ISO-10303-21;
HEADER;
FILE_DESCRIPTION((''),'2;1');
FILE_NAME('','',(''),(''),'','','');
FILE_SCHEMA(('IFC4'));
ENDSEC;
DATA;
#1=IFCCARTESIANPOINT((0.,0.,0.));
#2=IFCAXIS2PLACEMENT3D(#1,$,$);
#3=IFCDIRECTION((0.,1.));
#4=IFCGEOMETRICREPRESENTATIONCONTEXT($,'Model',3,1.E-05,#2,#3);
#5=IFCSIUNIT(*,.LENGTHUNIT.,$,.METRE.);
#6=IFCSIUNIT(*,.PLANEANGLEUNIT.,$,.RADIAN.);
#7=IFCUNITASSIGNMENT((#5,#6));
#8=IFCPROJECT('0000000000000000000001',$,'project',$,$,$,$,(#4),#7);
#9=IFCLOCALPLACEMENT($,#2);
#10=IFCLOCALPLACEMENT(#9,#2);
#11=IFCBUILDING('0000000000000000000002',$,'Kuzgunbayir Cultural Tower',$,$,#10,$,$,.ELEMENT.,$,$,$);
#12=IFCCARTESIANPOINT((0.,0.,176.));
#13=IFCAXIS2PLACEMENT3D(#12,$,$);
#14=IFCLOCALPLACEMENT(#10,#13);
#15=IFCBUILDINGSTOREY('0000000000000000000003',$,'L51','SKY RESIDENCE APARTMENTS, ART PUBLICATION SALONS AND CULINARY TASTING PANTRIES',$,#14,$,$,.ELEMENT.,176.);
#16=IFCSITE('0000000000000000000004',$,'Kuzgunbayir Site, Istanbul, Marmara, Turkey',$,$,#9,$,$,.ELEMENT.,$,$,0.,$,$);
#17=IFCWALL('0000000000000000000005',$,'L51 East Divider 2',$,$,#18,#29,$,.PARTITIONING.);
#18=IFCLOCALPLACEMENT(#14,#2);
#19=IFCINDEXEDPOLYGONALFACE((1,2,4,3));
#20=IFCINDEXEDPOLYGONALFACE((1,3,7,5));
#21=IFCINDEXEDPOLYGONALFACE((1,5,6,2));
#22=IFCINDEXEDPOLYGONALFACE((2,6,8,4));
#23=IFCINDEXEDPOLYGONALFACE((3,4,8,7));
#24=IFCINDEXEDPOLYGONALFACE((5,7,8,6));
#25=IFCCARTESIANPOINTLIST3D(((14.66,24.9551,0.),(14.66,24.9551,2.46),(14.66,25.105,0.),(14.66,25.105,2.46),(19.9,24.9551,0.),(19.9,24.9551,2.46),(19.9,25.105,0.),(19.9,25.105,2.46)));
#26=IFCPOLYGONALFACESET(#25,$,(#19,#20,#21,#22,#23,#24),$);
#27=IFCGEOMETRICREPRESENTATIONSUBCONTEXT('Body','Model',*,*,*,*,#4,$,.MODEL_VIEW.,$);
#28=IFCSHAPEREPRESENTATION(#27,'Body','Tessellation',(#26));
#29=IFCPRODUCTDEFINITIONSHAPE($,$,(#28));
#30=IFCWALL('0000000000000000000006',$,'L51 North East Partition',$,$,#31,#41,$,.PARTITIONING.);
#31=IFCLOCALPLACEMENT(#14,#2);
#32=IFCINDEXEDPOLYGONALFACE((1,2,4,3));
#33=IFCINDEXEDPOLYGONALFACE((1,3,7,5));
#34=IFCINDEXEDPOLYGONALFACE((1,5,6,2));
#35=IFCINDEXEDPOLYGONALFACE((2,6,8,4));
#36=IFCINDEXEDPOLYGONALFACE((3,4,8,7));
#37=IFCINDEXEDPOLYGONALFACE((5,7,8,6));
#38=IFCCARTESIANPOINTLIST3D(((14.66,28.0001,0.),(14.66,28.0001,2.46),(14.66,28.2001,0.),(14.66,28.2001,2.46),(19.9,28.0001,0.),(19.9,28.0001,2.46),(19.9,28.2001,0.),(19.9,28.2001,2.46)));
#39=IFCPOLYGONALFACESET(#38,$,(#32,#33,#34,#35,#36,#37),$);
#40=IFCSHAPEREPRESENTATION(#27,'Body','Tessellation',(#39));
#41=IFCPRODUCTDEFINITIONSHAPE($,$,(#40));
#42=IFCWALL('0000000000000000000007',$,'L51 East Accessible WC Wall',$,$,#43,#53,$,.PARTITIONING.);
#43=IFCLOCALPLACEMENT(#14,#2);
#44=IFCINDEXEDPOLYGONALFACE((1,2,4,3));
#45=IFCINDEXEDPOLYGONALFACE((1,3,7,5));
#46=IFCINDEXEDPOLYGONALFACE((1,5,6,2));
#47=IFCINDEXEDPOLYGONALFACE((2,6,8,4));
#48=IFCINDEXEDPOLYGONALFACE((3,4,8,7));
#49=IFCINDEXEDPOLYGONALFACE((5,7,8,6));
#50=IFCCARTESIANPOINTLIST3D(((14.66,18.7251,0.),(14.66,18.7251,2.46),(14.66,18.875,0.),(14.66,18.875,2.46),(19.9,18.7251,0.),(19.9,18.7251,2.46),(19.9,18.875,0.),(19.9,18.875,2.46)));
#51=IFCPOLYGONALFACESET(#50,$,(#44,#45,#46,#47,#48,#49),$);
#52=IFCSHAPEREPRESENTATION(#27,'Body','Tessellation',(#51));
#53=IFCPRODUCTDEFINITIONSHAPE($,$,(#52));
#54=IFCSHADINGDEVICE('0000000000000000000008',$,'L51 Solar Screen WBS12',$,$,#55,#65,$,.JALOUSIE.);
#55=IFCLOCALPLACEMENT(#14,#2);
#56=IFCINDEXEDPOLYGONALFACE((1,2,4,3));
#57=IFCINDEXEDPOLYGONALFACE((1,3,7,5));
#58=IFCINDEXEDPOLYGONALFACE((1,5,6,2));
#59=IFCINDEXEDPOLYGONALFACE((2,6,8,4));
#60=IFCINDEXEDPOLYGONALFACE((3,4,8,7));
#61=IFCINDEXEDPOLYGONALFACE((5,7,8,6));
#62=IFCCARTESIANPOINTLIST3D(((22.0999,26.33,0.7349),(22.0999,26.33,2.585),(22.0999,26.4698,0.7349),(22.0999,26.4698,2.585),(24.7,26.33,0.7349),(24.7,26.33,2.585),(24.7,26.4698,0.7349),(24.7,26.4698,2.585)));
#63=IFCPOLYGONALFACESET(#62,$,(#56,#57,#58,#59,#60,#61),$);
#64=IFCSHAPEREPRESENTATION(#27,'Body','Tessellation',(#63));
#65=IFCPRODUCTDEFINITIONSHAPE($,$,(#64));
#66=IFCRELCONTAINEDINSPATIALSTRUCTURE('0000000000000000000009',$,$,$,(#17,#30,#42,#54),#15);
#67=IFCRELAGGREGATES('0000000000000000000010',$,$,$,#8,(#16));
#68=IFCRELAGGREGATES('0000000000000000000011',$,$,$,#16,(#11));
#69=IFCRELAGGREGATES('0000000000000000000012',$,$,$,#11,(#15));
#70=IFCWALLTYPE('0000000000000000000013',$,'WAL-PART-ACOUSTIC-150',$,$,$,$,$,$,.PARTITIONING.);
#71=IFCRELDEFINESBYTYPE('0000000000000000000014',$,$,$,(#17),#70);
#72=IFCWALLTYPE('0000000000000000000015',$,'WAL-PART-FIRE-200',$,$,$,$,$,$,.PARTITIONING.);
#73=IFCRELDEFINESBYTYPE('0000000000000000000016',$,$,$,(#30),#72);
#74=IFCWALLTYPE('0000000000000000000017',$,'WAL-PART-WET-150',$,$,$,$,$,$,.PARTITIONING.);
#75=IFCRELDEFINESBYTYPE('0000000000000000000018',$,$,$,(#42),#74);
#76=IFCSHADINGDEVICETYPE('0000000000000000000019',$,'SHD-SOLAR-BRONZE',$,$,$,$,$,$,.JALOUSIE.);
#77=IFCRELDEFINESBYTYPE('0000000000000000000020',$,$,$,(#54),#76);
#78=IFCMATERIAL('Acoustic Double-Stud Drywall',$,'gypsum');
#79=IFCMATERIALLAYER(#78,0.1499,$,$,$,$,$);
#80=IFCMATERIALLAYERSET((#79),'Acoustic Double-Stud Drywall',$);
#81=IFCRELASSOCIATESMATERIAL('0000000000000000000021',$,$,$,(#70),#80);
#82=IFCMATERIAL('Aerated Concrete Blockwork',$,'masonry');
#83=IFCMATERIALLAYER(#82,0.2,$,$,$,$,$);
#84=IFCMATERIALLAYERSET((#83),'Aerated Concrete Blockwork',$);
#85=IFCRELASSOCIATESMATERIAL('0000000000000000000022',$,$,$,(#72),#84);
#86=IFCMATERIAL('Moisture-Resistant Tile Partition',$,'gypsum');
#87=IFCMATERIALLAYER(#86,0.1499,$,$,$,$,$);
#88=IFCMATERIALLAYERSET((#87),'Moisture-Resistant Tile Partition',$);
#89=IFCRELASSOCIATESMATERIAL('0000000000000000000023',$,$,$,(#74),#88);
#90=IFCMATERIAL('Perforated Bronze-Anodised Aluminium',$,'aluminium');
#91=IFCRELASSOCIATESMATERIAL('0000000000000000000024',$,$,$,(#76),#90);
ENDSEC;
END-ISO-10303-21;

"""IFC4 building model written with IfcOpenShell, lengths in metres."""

from ifc_helpers import new_model, si_unit, direction, frame, frame_2d, origin, origin_2d, place, context, subcontext, project, spatial, rectangle, extrude, material, layer, layer_set, type_object, element, save


model = new_model("IFC4")

# Units and contexts
model_context = context("Model", 3, precision=1e-05, world=origin(), true_north=direction((0.0, 1.0)))
body_context = subcontext(model_context, "Body", "Model", "MODEL_VIEW")
ifc_project = project(units=[si_unit("LENGTHUNIT", "METRE"), si_unit("PLANEANGLEUNIT", "RADIAN")], contexts=[model_context])

# Site, building, storey
site_placement = place(None, origin())
site = spatial("IfcSite", under=ifc_project, at=site_placement, Name="Kuzgunbayir Site, Istanbul, Marmara, Turkey", CompositionType="ELEMENT", RefElevation=0.0)
building_placement = place(site_placement, origin())
building = spatial("IfcBuilding", under=site, at=building_placement, Name="Kuzgunbayir Cultural Tower", CompositionType="ELEMENT")
storey_placement = place(building_placement, frame((0.0, 0.0, 176.0)))
storey = spatial("IfcBuildingStorey", under=building, at=storey_placement, Name="L51", Description="SKY RESIDENCE APARTMENTS, ART PUBLICATION SALONS AND CULINARY TASTING PANTRIES", CompositionType="ELEMENT", Elevation=176.0)

# Walls
ifc_material_1 = material(Name="Acoustic Double-Stud Drywall", Category="gypsum")
ifc_layer_1 = layer(ifc_material_1, 0.1499)
ifc_layer_set_1 = layer_set([ifc_layer_1], Name="Acoustic Double-Stud Drywall")
wall_type_1 = type_object("IfcWallType", Name="WAL-PART-ACOUSTIC-150", PredefinedType="PARTITIONING", material=ifc_layer_set_1)
for number, where, z_axis, x_axis, name in (
    (1, (14.6599, 25.03, 0.0), (0.0, 0.0, 1.0), (1.0, 0.0, 0.0), "L51 East Divider 2"),
):
    element("IfcWall", number, at=place(storey_placement, frame(where, z_axis=z_axis, x_axis=x_axis)), inside=storey, type_object=wall_type_1, Name=name, PredefinedType="PARTITIONING", context=body_context, shape_type="SweptSolid", body=[
        extrude(rectangle(XDim=5.24, YDim=0.1499, at=frame_2d((2.6201, 0.0))), origin(), (0.0, 0.0, 1.0), 2.46),
    ])
ifc_material_2 = material(Name="Aerated Concrete Blockwork", Category="masonry")
ifc_layer_2 = layer(ifc_material_2, 0.2)
ifc_layer_set_2 = layer_set([ifc_layer_2], Name="Aerated Concrete Blockwork")
wall_type_2 = type_object("IfcWallType", Name="WAL-PART-FIRE-200", PredefinedType="PARTITIONING", material=ifc_layer_set_2)
wall_1_placement = place(storey_placement, frame((14.6599, 28.1001, 0.0), z_axis=(0.0, 0.0, 1.0), x_axis=(1.0, 0.0, 0.0)))
element("IfcWall", 2, at=wall_1_placement, inside=storey, type_object=wall_type_2, Name="L51 North East Partition", PredefinedType="PARTITIONING", context=body_context, shape_type="SweptSolid", body=[
    extrude(rectangle(XDim=5.24, YDim=0.2, at=frame_2d((2.6201, 0.0))), origin(), (0.0, 0.0, 1.0), 2.46),
])
ifc_material_3 = material(Name="Moisture-Resistant Tile Partition", Category="gypsum")
ifc_layer_3 = layer(ifc_material_3, 0.1499)
ifc_layer_set_3 = layer_set([ifc_layer_3], Name="Moisture-Resistant Tile Partition")
wall_type_3 = type_object("IfcWallType", Name="WAL-PART-WET-150", PredefinedType="PARTITIONING", material=ifc_layer_set_3)
wall_2_placement = place(storey_placement, frame((14.6599, 18.8, 0.0), z_axis=(0.0, 0.0, 1.0), x_axis=(1.0, 0.0, 0.0)))
element("IfcWall", 3, at=wall_2_placement, inside=storey, type_object=wall_type_3, Name="L51 East Accessible WC Wall", PredefinedType="PARTITIONING", context=body_context, shape_type="SweptSolid", body=[
    extrude(rectangle(XDim=5.24, YDim=0.1499, at=frame_2d((2.6201, 0.0))), origin(), (0.0, 0.0, 1.0), 2.46),
])

# Shading device
ifc_material_4 = material(Name="Perforated Bronze-Anodised Aluminium", Category="aluminium")
shading_device_type = type_object("IfcShadingDeviceType", Name="SHD-SOLAR-BRONZE", PredefinedType="JALOUSIE", material=ifc_material_4)
shading_device_placement = place(storey_placement, frame((23.3999, 26.3999, 0.7349), z_axis=(0.0, 0.0, 1.0), x_axis=(1.0, 0.0, 0.0)))
element("IfcShadingDevice", 4, at=shading_device_placement, inside=storey, type_object=shading_device_type, Name="L51 Solar Screen WBS12", PredefinedType="JALOUSIE", context=body_context, shape_type="SweptSolid", body=[
    extrude(rectangle(XDim=2.6001, YDim=0.1399, at=origin_2d()), origin(), (0.0, 0.0, 1.0), 1.8501),
])

save(model, "model.ifc")
